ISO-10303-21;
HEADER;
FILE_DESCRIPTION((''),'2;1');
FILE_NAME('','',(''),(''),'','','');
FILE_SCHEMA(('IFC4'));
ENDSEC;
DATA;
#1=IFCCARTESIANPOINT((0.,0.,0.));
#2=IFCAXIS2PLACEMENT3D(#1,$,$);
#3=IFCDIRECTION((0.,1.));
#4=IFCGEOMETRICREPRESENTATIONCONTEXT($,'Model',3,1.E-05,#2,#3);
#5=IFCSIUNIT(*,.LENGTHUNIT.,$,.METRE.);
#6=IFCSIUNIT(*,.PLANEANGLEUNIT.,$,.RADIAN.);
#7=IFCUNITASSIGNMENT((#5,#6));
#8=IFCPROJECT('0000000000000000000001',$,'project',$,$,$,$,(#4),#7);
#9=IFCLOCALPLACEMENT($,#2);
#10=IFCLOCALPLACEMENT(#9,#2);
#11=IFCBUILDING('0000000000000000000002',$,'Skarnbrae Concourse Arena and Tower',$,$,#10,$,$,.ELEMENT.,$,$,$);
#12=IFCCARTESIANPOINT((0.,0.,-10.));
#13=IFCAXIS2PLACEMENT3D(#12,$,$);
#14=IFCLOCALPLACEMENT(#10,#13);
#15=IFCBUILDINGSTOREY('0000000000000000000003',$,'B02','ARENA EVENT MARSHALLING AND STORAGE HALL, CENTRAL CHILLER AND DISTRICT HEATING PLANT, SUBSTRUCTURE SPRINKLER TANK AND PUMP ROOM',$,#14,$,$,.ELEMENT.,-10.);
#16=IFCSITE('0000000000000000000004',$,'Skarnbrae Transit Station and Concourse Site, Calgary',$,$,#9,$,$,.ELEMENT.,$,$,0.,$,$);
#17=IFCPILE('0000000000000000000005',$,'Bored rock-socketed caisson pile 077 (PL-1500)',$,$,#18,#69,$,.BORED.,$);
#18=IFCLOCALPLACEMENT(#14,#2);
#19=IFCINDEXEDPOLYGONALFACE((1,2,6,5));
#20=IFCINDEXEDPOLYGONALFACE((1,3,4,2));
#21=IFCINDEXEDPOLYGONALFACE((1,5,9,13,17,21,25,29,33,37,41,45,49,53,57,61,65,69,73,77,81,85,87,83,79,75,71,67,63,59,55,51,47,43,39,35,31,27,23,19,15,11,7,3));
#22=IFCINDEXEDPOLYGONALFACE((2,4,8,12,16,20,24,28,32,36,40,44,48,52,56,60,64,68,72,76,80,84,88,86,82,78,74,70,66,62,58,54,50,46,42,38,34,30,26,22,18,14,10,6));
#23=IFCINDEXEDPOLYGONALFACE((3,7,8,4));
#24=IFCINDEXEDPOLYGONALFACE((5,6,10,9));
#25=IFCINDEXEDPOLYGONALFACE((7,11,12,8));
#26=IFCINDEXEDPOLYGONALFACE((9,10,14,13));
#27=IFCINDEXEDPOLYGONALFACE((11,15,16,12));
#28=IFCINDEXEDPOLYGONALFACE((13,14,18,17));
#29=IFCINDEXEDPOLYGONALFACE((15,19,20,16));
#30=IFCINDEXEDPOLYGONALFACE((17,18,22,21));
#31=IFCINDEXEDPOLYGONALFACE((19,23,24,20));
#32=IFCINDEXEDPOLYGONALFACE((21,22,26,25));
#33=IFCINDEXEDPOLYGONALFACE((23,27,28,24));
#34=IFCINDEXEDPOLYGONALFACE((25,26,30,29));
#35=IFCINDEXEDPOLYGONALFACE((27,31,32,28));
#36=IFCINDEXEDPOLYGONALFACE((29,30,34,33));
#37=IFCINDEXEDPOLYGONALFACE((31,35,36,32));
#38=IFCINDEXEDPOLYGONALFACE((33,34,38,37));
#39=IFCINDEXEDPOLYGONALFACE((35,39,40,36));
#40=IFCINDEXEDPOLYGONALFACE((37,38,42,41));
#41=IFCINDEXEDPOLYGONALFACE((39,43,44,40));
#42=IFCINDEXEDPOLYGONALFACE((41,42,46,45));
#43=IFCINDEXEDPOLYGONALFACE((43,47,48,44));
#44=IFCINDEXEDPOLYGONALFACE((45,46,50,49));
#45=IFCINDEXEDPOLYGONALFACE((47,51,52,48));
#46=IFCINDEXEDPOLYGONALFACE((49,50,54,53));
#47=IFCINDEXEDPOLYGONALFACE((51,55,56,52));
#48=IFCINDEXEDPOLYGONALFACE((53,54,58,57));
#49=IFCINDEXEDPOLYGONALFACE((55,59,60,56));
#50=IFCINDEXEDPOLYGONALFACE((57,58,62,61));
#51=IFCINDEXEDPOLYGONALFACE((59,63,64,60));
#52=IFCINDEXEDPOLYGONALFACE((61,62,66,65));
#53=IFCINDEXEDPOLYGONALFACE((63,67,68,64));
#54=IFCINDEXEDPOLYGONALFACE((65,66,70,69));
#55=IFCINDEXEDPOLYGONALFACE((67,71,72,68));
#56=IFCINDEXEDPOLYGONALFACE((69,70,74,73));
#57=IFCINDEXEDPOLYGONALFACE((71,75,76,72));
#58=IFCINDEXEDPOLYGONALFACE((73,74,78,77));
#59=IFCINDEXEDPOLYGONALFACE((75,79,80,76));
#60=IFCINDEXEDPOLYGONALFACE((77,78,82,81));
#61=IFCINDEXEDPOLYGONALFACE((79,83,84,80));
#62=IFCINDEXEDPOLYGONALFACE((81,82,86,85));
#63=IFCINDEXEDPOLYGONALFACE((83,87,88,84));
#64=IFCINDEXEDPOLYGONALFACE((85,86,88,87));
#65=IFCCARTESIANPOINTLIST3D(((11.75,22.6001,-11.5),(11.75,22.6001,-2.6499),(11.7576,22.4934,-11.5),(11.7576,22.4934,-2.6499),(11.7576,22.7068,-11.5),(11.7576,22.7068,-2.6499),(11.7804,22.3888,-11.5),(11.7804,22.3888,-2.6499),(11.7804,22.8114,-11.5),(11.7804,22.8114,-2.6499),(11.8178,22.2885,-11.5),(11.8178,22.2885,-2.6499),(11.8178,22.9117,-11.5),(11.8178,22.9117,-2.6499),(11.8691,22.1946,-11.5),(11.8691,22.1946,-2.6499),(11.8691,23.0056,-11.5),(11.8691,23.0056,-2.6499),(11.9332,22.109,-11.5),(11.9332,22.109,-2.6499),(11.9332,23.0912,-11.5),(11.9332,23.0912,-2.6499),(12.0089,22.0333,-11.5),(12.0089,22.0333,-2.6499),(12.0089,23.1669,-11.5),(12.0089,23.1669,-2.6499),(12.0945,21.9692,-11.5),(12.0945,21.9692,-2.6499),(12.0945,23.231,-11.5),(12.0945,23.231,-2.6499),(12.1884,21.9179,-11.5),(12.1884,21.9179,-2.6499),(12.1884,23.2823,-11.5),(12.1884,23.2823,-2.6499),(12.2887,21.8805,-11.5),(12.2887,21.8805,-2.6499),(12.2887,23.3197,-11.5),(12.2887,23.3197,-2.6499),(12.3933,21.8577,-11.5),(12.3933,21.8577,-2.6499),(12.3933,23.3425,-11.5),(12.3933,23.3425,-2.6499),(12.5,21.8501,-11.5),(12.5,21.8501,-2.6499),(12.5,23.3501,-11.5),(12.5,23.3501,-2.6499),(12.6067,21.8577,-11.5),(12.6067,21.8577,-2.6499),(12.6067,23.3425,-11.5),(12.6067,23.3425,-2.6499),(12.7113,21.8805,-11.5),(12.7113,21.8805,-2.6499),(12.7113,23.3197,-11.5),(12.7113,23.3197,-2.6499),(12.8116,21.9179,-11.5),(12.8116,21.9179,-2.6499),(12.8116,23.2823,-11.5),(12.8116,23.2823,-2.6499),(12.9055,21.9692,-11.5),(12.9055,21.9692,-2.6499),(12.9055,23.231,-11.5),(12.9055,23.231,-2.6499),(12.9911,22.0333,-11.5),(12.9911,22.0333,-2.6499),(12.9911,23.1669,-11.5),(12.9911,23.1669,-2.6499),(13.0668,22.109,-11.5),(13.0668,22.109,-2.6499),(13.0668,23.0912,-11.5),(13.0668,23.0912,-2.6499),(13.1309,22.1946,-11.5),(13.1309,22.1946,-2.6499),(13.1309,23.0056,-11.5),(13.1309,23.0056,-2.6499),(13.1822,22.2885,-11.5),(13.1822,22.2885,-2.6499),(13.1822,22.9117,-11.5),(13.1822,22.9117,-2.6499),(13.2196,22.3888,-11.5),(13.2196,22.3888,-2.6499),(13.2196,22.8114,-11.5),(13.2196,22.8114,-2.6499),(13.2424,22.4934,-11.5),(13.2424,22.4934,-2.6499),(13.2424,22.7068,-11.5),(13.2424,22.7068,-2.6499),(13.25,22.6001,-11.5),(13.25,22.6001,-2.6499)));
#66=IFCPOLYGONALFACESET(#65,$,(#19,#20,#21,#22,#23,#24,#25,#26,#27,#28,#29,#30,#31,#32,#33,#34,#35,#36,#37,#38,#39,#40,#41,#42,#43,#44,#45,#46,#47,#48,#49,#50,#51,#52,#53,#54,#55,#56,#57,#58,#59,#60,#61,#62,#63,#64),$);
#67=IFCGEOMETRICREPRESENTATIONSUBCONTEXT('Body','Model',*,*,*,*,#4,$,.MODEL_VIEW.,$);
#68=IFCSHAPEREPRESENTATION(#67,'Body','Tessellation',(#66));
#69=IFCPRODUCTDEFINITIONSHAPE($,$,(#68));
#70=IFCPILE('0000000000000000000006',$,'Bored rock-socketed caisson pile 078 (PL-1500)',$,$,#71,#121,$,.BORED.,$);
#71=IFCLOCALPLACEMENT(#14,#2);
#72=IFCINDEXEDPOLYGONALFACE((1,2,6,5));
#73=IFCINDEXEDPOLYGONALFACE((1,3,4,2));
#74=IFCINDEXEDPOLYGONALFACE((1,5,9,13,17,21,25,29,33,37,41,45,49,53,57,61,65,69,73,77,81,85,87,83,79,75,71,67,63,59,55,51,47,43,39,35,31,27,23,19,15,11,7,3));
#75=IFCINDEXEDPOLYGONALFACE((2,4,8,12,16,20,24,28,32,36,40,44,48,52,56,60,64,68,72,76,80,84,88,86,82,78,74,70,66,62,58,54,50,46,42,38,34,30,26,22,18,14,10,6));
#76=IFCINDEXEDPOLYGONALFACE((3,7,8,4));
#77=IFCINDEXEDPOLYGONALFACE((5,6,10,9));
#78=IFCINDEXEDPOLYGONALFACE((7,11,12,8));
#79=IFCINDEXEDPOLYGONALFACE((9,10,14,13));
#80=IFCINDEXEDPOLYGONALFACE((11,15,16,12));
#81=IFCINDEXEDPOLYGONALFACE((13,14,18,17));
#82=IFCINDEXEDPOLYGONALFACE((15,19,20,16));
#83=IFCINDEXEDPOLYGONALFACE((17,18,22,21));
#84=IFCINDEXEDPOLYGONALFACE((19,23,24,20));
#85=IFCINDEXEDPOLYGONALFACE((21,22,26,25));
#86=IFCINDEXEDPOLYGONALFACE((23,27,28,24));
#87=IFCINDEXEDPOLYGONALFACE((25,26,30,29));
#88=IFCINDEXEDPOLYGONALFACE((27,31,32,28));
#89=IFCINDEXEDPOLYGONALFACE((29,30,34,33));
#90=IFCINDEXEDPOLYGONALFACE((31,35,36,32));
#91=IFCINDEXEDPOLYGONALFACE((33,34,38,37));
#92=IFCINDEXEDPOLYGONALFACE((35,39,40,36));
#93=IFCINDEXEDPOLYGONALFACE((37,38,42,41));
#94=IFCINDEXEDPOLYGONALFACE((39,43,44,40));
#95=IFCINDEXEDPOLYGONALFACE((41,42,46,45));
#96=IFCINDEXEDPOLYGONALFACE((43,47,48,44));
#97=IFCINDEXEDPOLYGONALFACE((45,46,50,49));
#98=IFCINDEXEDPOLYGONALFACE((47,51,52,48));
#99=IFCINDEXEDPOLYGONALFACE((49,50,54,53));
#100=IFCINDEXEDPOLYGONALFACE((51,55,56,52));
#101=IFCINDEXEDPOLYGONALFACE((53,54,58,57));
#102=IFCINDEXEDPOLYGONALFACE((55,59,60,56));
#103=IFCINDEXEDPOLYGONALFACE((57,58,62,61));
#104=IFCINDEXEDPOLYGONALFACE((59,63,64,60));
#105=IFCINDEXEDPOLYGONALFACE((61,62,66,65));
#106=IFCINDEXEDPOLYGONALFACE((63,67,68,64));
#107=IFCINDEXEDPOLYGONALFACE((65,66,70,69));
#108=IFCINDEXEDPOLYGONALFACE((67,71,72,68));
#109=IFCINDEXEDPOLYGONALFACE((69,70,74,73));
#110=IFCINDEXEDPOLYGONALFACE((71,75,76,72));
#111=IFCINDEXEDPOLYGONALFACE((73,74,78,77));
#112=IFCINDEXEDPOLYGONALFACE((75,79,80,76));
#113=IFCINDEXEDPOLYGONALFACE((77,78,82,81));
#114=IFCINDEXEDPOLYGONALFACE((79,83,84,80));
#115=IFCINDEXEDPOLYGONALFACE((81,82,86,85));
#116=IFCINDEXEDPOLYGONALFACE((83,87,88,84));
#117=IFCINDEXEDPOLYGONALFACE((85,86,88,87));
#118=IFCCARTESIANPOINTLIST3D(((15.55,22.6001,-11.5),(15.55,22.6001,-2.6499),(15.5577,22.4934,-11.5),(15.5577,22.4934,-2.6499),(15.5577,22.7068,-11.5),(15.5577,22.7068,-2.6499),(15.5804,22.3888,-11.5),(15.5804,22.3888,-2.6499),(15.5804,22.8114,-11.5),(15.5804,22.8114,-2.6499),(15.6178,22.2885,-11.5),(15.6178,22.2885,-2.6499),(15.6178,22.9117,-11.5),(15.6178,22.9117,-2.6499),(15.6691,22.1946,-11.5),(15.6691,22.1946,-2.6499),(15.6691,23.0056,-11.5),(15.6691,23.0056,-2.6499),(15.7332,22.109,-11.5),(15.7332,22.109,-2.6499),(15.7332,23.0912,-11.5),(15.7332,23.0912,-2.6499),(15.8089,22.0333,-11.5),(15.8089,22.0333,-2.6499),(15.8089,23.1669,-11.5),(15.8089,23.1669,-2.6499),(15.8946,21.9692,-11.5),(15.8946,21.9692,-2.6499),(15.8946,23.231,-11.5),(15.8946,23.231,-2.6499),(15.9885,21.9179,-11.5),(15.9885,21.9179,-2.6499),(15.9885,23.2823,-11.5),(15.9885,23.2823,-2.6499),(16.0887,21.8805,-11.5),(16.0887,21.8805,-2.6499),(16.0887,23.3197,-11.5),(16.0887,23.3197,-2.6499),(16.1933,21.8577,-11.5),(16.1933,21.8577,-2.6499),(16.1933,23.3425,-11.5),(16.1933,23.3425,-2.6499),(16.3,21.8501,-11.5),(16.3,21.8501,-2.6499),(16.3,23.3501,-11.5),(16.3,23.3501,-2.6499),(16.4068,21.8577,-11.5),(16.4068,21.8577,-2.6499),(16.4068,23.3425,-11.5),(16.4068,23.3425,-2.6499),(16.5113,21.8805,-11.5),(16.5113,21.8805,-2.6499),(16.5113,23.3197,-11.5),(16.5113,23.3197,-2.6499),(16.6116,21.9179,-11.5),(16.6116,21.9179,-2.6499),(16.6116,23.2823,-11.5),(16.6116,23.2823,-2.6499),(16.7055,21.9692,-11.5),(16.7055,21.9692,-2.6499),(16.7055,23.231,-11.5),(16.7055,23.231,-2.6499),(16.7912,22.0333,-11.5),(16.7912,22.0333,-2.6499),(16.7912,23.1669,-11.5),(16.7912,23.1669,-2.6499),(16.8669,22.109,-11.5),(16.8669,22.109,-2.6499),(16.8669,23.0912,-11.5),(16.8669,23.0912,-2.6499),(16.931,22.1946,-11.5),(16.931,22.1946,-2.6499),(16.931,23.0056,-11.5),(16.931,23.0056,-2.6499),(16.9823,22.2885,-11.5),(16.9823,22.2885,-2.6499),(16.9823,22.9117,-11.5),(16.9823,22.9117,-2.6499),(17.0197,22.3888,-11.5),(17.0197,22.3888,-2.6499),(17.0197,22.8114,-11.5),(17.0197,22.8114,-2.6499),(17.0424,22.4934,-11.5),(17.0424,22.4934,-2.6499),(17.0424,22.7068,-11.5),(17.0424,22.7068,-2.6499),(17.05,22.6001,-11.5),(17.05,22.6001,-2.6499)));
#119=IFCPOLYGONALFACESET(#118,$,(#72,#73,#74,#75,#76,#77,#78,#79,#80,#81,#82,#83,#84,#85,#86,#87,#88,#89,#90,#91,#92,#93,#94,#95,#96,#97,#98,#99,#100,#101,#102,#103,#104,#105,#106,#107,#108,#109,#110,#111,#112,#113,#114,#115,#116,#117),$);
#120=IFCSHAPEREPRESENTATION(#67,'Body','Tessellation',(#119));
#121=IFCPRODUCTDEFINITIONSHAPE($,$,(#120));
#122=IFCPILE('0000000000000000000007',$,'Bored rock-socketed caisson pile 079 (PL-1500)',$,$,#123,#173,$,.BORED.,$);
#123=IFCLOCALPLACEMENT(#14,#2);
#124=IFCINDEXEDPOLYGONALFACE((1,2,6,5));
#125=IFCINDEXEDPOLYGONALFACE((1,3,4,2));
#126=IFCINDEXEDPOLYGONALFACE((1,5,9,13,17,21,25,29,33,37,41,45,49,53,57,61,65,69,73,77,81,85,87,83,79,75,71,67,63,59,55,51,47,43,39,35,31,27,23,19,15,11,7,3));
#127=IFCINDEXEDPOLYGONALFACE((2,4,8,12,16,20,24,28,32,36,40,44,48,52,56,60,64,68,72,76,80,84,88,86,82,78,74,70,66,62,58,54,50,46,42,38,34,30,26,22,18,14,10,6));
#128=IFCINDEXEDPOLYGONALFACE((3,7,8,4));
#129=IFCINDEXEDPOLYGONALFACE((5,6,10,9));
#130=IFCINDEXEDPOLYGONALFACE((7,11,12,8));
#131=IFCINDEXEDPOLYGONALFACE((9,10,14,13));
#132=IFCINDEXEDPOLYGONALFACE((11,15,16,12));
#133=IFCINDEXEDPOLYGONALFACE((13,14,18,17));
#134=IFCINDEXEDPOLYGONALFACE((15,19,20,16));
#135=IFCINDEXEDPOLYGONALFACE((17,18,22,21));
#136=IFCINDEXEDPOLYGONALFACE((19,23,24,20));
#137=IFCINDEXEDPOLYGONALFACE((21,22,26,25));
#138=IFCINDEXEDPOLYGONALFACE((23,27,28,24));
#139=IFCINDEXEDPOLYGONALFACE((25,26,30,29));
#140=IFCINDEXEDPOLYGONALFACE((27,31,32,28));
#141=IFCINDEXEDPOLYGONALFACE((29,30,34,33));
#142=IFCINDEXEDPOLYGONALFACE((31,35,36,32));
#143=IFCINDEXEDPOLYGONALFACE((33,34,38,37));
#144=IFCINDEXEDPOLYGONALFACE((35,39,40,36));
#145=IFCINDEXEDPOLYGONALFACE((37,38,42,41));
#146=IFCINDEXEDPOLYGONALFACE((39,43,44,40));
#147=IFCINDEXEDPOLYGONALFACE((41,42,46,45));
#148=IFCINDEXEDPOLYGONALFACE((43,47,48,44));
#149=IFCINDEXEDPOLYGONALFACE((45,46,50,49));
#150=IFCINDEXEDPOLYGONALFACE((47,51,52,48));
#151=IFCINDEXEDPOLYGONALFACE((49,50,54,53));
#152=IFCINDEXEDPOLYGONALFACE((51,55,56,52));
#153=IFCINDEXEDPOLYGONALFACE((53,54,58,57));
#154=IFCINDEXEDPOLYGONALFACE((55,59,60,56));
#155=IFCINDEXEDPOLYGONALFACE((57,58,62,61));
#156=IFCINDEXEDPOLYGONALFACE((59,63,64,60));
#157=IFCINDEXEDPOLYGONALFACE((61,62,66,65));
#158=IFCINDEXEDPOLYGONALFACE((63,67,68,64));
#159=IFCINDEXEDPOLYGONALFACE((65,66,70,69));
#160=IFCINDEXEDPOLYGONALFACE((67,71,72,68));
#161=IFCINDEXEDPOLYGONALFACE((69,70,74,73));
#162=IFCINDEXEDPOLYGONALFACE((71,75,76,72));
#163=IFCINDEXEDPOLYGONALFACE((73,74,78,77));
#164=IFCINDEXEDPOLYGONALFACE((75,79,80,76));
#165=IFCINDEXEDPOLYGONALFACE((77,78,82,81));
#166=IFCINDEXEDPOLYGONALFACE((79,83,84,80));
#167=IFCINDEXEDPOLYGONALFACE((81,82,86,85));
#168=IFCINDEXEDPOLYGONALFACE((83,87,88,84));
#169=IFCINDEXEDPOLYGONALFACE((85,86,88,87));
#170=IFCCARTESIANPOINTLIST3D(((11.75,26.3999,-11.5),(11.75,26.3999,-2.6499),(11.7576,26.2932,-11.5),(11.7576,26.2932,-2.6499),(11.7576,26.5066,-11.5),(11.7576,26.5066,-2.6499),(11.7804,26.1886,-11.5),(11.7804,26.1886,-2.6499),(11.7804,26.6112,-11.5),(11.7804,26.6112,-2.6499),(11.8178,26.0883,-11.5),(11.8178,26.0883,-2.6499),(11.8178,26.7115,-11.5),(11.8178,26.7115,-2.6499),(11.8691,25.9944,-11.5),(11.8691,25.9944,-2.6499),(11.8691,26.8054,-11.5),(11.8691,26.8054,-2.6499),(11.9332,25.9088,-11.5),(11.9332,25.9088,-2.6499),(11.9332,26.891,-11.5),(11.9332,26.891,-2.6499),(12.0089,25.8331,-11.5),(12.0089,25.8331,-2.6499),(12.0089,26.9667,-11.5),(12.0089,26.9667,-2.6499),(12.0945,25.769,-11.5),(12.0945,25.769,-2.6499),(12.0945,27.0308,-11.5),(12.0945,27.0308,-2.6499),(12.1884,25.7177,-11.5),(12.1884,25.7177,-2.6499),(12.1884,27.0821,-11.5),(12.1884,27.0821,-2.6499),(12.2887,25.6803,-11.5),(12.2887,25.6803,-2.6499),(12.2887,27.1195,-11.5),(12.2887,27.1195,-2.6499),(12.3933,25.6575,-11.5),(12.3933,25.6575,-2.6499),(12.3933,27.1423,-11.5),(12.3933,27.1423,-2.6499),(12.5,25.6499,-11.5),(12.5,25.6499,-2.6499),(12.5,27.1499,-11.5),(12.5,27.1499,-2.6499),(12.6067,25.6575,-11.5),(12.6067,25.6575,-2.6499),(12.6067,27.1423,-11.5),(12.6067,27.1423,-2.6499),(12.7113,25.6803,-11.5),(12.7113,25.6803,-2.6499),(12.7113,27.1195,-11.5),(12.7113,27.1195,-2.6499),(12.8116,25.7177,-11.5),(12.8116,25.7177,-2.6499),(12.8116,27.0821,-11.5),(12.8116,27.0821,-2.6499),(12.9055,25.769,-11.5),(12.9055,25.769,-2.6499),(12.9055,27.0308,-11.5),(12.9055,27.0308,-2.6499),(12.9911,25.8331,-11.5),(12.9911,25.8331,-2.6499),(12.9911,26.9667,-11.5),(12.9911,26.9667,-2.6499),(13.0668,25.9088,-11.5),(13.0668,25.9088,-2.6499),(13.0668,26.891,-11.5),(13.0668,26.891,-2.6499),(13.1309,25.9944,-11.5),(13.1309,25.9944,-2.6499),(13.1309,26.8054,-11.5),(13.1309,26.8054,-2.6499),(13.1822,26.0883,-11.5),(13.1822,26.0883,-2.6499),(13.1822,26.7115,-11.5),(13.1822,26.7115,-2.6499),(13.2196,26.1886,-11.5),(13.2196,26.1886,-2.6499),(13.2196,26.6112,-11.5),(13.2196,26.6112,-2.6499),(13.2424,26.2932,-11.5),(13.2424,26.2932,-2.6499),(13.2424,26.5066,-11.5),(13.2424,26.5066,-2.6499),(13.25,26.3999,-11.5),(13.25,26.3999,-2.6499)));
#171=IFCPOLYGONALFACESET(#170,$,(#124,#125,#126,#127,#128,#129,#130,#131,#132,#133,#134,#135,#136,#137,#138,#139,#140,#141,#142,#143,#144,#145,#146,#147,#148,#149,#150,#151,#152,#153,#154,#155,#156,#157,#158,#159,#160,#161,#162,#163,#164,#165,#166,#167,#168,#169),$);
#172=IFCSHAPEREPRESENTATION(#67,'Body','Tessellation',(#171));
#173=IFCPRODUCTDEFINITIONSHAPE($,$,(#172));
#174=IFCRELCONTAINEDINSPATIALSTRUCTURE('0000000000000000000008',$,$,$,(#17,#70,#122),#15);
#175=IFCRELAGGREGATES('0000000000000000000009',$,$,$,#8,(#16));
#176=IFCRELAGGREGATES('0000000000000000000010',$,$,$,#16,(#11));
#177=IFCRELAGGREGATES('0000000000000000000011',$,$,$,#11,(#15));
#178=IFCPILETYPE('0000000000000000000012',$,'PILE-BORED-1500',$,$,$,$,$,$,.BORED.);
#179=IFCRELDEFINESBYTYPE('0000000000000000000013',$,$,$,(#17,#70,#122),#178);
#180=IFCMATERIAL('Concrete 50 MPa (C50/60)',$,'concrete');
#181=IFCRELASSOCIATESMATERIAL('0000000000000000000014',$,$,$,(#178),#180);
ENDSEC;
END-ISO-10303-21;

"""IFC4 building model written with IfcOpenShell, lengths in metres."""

from ifc_helpers import new_model, si_unit, direction, frame, origin, origin_2d, place, context, subcontext, project, spatial, circle, extrude, source, transform, mapped, material, material_profile, profile_set, type_object, element, save


model = new_model("IFC4")

# Units and contexts
model_context = context("Model", 3, precision=1e-05, world=origin(), true_north=direction((0.0, 1.0)))
body_context = subcontext(model_context, "Body", "Model", "MODEL_VIEW")
ifc_project = project(units=[si_unit("LENGTHUNIT", "METRE"), si_unit("PLANEANGLEUNIT", "RADIAN")], contexts=[model_context])

# Site, building, storey
site_placement = place(None, origin())
site = spatial("IfcSite", under=ifc_project, at=site_placement, Name="Skarnbrae Transit Station and Concourse Site, Calgary", CompositionType="ELEMENT", RefElevation=0.0)
building_placement = place(site_placement, origin())
building = spatial("IfcBuilding", under=site, at=building_placement, Name="Skarnbrae Concourse Arena and Tower", CompositionType="ELEMENT")
storey_placement = place(building_placement, frame((0.0, 0.0, -10.0)))
storey = spatial("IfcBuildingStorey", under=building, at=storey_placement, Name="B02", Description="ARENA EVENT MARSHALLING AND STORAGE HALL, CENTRAL CHILLER AND DISTRICT HEATING PLANT, SUBSTRUCTURE SPRINKLER TANK AND PUMP ROOM", CompositionType="ELEMENT", Elevation=-10.0)

# Piles
ifc_material_1 = material(Name="Concrete 50 MPa (C50/60)", Category="concrete")
ifc_material_profile_1 = material_profile(ifc_material_1, circle(Radius=0.75, at=origin_2d()), Name="CAISSON-1500")
ifc_profile_set_1 = profile_set([ifc_material_profile_1], Name="Concrete 50 MPa (C50/60)")
pile_type = type_object("IfcPileType", Name="PILE-BORED-1500", PredefinedType="BORED", material=ifc_profile_set_1)
shared_shape_1 = source(origin(), body_context, "Body", "SweptSolid", [
    extrude(circle(Radius=0.75, at=origin_2d()), origin(), (0.0, 0.0, 1.0), 8.8501),
])
for number, where, z_axis, x_axis, name in (
    (1, (12.5, 22.6001, -2.6499), (0.0, 0.0, -1.0), (1.0, 0.0, 0.0), "Bored rock-socketed caisson pile 077 (PL-1500)"),
    (2, (16.3, 22.6001, -2.6499), (0.0, 0.0, -1.0), (1.0, 0.0, 0.0), "Bored rock-socketed caisson pile 078 (PL-1500)"),
    (3, (12.5, 26.3999, -2.6499), (0.0, 0.0, -1.0), (1.0, 0.0, 0.0), "Bored rock-socketed caisson pile 079 (PL-1500)"),
):
    element("IfcPile", number, at=place(storey_placement, frame(where, z_axis=z_axis, x_axis=x_axis)), inside=storey, type_object=pile_type, Name=name, PredefinedType="BORED", context=body_context, shape_type="MappedRepresentation", body=[
        mapped(shared_shape_1, transform((0.0, 0.0, 0.0))),
    ])

save(model, "model.ifc")
